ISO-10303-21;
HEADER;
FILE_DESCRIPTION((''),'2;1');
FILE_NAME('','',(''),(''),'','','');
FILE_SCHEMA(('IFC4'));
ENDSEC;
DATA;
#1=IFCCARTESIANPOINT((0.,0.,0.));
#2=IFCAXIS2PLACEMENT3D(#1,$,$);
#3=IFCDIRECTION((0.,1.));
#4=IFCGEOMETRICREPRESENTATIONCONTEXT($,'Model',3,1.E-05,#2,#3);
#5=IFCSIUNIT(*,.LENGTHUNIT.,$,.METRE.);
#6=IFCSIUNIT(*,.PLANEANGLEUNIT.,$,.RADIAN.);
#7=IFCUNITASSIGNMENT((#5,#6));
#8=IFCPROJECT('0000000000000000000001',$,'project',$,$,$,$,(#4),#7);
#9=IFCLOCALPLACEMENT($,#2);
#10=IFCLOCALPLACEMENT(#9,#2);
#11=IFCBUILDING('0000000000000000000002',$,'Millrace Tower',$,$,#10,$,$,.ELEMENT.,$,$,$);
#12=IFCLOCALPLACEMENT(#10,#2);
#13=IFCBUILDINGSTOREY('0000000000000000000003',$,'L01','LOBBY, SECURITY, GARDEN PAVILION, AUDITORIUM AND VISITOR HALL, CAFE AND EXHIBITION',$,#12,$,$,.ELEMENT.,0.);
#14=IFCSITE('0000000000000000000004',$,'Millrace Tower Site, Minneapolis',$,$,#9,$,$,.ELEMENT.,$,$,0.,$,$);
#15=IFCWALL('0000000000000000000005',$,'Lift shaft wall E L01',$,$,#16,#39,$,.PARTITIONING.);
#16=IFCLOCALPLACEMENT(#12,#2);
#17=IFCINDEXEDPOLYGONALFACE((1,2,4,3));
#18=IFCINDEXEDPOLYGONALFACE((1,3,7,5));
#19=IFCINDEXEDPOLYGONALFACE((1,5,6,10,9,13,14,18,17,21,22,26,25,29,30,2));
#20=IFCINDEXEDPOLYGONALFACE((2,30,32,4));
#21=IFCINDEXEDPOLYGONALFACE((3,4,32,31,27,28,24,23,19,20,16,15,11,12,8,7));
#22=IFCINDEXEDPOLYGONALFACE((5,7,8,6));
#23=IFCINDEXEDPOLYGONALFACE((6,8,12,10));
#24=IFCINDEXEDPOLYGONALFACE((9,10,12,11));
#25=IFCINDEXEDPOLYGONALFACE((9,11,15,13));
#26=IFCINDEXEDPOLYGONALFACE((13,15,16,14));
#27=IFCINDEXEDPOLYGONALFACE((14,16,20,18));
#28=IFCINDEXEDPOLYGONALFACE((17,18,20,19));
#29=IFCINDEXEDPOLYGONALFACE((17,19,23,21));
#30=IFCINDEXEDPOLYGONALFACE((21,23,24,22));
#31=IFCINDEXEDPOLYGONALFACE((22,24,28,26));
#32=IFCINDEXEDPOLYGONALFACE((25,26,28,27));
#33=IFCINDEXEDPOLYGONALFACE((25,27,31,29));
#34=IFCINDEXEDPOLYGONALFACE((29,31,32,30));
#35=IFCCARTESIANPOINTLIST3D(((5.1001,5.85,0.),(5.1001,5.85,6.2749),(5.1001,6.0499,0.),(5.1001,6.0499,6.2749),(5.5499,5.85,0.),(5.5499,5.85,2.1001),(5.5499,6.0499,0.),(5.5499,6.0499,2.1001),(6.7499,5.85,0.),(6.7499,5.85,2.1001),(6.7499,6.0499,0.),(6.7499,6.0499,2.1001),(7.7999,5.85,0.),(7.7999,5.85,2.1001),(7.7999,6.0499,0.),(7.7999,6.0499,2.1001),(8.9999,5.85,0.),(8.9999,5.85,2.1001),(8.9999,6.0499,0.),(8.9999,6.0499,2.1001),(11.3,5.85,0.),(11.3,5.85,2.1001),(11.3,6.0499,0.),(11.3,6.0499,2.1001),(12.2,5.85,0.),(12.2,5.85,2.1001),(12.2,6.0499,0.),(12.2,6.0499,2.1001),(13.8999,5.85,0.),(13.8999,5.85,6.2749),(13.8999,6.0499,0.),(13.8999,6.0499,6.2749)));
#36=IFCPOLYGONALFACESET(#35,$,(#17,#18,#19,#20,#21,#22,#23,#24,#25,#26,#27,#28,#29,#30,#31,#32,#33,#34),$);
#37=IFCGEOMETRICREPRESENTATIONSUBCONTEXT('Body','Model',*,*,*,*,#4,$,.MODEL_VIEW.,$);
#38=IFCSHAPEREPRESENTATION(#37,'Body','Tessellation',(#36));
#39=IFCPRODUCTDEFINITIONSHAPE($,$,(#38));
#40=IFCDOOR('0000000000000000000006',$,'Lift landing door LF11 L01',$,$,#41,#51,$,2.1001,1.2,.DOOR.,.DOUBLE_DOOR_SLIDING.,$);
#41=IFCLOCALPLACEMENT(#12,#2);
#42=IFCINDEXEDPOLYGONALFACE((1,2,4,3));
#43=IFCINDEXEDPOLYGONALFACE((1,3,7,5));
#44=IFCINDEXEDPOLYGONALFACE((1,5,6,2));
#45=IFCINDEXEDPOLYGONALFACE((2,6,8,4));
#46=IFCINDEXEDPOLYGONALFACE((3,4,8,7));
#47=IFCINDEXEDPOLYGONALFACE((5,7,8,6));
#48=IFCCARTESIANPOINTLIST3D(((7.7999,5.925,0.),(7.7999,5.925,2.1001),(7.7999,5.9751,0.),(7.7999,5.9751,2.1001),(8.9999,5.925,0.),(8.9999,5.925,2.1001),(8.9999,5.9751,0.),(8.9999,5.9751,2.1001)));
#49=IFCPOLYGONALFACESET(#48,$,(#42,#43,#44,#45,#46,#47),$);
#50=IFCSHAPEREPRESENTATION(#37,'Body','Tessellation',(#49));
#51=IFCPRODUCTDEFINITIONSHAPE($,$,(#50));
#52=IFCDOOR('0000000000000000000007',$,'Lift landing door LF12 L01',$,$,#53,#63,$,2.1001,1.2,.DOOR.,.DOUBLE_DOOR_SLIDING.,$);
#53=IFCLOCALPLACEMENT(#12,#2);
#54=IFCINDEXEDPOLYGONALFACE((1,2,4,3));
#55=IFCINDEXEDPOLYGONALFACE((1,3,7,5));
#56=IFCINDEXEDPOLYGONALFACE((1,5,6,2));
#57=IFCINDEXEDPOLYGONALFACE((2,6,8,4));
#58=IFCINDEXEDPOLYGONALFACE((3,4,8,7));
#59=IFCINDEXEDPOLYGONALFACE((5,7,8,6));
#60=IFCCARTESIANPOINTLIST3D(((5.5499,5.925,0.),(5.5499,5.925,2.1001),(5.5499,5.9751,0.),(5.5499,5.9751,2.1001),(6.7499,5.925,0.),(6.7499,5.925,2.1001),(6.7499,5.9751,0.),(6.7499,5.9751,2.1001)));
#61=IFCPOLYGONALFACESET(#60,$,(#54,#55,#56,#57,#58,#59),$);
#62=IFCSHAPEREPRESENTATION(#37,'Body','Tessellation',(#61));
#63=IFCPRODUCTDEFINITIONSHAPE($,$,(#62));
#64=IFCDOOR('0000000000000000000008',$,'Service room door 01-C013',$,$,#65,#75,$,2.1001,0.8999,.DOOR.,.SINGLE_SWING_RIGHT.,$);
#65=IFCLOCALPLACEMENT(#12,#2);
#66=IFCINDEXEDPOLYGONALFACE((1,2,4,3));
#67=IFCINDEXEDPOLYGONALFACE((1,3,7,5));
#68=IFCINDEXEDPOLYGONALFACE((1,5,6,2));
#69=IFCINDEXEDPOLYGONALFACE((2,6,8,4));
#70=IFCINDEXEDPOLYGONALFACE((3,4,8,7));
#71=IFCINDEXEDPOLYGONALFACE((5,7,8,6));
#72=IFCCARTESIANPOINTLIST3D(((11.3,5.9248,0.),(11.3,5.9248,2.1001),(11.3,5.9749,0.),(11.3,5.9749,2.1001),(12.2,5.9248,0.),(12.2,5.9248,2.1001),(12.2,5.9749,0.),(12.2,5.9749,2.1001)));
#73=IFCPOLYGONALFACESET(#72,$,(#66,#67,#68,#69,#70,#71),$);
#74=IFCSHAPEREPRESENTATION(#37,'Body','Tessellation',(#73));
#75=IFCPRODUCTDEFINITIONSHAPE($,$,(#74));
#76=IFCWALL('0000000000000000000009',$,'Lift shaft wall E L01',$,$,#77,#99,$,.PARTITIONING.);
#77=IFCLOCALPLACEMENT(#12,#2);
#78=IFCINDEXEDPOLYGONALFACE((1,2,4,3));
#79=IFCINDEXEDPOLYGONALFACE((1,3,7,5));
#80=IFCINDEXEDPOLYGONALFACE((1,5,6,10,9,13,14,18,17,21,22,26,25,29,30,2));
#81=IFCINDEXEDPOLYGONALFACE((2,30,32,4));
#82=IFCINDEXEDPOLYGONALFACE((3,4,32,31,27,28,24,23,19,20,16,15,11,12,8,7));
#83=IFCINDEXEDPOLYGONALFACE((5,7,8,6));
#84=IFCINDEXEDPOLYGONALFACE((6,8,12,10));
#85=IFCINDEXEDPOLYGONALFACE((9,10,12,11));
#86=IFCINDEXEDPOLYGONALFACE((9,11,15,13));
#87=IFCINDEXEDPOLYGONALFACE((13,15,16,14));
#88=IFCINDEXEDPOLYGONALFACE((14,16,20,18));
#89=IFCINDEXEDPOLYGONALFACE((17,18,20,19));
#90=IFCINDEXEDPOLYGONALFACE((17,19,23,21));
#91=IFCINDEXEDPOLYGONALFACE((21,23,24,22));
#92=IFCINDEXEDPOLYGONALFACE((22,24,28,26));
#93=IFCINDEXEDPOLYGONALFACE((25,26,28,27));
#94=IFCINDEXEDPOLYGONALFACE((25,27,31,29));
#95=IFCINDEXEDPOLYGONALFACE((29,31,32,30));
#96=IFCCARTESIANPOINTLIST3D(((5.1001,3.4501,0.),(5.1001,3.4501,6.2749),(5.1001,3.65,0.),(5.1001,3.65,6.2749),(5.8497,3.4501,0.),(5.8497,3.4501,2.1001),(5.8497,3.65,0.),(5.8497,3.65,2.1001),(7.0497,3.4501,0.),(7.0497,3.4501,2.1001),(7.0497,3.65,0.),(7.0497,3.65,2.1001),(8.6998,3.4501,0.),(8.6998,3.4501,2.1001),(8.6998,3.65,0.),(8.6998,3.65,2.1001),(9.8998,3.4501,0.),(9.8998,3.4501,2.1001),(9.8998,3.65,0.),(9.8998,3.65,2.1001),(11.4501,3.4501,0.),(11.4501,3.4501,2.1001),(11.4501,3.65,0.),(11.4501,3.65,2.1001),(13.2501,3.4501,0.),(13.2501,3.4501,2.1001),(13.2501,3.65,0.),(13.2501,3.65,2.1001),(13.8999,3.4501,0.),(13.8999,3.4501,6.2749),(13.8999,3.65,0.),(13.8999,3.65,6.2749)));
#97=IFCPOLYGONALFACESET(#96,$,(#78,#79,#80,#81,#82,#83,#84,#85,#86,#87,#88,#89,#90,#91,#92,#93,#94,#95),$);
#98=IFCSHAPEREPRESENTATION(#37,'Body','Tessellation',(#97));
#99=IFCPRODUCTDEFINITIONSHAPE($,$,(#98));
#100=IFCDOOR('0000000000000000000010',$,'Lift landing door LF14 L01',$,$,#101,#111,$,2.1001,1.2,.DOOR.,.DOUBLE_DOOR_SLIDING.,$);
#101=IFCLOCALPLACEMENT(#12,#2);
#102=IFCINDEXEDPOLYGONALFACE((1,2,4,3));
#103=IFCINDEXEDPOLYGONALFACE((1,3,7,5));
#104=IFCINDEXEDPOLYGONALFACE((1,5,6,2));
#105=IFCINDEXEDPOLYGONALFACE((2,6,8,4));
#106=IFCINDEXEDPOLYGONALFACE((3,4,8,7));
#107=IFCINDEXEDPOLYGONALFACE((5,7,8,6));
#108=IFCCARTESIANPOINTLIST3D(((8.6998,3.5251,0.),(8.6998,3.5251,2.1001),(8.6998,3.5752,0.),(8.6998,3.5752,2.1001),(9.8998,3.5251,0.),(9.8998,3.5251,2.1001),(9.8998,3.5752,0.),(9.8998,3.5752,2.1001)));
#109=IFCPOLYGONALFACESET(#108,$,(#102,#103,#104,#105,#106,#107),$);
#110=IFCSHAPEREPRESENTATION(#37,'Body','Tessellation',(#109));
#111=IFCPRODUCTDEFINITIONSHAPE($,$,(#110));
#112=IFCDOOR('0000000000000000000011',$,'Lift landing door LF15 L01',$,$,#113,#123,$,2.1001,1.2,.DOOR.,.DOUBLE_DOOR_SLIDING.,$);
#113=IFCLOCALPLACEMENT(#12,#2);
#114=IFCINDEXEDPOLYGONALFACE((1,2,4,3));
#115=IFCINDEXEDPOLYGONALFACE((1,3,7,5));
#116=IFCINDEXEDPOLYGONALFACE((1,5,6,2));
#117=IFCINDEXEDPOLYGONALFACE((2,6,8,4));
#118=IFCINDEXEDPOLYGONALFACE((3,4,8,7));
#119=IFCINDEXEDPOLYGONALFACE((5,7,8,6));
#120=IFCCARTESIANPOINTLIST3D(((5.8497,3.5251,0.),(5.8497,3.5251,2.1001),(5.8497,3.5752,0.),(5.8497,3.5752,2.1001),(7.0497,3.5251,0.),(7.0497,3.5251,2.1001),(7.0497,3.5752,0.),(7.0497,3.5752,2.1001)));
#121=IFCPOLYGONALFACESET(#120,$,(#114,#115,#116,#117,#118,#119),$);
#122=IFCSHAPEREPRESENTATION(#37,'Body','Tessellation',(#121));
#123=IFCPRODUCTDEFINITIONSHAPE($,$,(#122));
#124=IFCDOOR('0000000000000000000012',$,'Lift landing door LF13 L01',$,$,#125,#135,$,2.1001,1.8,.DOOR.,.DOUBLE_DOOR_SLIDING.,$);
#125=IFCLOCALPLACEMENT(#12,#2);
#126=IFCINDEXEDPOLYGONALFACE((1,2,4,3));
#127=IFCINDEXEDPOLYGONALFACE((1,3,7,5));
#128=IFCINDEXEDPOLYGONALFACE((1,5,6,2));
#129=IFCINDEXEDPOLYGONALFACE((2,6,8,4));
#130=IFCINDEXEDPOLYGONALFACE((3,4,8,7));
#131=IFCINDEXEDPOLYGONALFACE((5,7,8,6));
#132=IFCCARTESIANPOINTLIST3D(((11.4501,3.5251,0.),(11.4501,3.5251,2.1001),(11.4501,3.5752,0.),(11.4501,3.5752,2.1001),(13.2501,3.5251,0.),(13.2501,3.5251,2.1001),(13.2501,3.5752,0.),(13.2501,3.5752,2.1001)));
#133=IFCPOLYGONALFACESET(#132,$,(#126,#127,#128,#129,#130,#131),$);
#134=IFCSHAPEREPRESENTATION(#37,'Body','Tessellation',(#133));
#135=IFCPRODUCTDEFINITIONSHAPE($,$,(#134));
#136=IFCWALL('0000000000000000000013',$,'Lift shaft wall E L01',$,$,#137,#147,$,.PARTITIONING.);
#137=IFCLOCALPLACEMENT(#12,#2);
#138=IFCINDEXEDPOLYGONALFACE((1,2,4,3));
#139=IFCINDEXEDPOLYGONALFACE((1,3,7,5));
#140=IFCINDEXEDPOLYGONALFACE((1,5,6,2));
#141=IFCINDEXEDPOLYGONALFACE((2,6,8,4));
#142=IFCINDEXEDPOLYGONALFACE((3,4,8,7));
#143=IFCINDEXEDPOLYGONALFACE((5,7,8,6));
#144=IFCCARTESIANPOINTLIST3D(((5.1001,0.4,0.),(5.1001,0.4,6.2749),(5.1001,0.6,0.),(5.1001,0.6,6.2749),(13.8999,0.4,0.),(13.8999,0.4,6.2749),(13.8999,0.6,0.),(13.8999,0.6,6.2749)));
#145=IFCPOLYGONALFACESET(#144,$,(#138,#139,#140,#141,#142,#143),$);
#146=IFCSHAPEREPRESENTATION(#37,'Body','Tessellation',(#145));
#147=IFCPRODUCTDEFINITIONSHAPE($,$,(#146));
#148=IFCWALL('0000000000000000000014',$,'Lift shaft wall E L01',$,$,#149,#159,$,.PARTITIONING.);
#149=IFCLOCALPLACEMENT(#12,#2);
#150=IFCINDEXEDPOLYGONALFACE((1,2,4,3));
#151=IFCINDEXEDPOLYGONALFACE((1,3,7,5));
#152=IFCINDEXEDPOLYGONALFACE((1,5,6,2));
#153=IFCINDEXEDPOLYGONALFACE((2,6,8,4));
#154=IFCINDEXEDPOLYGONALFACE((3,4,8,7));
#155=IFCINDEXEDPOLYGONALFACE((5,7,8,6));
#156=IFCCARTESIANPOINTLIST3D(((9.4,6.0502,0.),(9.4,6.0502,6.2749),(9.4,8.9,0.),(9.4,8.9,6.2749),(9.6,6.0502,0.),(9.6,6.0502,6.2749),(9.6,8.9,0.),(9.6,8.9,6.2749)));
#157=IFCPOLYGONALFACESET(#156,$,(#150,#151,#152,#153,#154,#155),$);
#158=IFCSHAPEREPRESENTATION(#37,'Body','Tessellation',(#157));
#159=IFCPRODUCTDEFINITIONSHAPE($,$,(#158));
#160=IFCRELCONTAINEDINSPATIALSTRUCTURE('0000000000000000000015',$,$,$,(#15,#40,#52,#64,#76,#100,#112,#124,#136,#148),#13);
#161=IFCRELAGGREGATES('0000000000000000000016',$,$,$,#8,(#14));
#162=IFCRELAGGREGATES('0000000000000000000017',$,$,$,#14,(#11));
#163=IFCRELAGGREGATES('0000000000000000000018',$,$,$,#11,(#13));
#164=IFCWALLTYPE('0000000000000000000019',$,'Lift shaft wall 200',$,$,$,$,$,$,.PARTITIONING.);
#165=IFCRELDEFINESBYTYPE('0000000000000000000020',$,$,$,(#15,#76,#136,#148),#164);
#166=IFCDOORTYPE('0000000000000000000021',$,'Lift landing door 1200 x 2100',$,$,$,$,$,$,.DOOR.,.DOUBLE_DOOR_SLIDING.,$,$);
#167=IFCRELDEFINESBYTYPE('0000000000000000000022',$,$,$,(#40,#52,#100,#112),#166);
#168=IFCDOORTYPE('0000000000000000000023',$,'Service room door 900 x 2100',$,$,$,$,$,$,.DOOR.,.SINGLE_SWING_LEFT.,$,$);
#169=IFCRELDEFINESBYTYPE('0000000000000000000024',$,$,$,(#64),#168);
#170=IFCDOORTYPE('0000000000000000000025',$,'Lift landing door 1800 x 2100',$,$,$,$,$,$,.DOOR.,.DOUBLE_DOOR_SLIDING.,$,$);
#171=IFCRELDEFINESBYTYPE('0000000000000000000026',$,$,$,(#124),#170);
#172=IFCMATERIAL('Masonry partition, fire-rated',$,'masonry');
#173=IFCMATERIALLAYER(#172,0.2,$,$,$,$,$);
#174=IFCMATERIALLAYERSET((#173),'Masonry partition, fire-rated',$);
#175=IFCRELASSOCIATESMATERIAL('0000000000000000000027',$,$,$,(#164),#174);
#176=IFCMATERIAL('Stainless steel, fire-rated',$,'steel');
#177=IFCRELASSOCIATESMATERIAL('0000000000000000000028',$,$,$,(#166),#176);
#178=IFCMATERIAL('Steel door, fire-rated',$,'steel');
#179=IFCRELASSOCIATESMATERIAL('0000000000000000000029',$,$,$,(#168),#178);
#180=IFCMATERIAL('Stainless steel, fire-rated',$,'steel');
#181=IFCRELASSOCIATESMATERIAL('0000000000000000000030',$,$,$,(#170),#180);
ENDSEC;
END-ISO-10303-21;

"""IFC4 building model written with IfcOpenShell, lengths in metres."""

from ifc_helpers import new_model, si_unit, direction, frame, frame_2d, origin, place, context, subcontext, project, spatial, rectangle, extrude, material, layer, layer_set, type_object, element, fill, save


model = new_model("IFC4")

# Units and contexts
model_context = context("Model", 3, precision=1e-05, world=origin(), true_north=direction((0.0, 1.0)))
body_context = subcontext(model_context, "Body", "Model", "MODEL_VIEW")
ifc_project = project(units=[si_unit("LENGTHUNIT", "METRE"), si_unit("PLANEANGLEUNIT", "RADIAN")], contexts=[model_context])

# Site, building, storey
site_placement = place(None, origin())
site = spatial("IfcSite", under=ifc_project, at=site_placement, Name="Millrace Tower Site, Minneapolis", CompositionType="ELEMENT", RefElevation=0.0)
building_placement = place(site_placement, origin())
building = spatial("IfcBuilding", under=site, at=building_placement, Name="Millrace Tower", CompositionType="ELEMENT")
storey_placement = place(building_placement, origin())
storey = spatial("IfcBuildingStorey", under=building, at=storey_placement, Name="L01", Description="LOBBY, SECURITY, GARDEN PAVILION, AUDITORIUM AND VISITOR HALL, CAFE AND EXHIBITION", CompositionType="ELEMENT", Elevation=0.0)

# Walls, openings, doors
ifc_material_1 = material(Name="Masonry partition, fire-rated", Category="masonry")
ifc_layer_1 = layer(ifc_material_1, 0.2)
ifc_layer_set_1 = layer_set([ifc_layer_1], Name="Masonry partition, fire-rated")
wall_type_1 = type_object("IfcWallType", Name="Lift shaft wall 200", PredefinedType="PARTITIONING", material=ifc_layer_set_1)
wall_1_placement = place(storey_placement, frame((13.8999, 5.95, 0.0), z_axis=(0.0, 0.0, 1.0), x_axis=(-1.0, 0.0, 0.0)))
wall_1 = element("IfcWall", 1, at=wall_1_placement, inside=storey, type_object=wall_type_1, Name="Lift shaft wall E L01", PredefinedType="PARTITIONING", context=body_context, shape_type="SweptSolid", body=[
    extrude(rectangle(XDim=8.7998, YDim=0.2, at=frame_2d((4.3999, 0.0))), origin(), (0.0, 0.0, 1.0), 6.2749),
])
opening_1_placement = place(wall_1_placement, frame((4.8999, 0.0, 0.0)))
opening_1 = element("IfcOpeningElement", 2, at=opening_1_placement, cuts=wall_1, PredefinedType="OPENING", context=body_context, shape_type="SweptSolid", body=[
    extrude(rectangle(XDim=1.2, YDim=2.1001, at=frame_2d((0.6001, 1.05))), frame((0.0, 0.1099, 0.0), z_axis=(0.0, -1.0, 0.0), x_axis=(1.0, 0.0, 0.0)), (0.0, 0.0, 1.0), 0.22),
])
opening_2_placement = place(wall_1_placement, frame((7.1499, 0.0, 0.0)))
opening_2 = element("IfcOpeningElement", 3, at=opening_2_placement, cuts=wall_1, PredefinedType="OPENING", context=body_context, shape_type="SweptSolid", body=[
    extrude(rectangle(XDim=1.2, YDim=2.1001, at=frame_2d((0.6001, 1.05))), frame((0.0, 0.1099, 0.0), z_axis=(0.0, -1.0, 0.0), x_axis=(1.0, 0.0, 0.0)), (0.0, 0.0, 1.0), 0.22),
])
opening_3_placement = place(wall_1_placement, frame((1.7, 0.0, 0.0)))
opening_3 = element("IfcOpeningElement", 4, at=opening_3_placement, cuts=wall_1, PredefinedType="OPENING", context=body_context, shape_type="SweptSolid", body=[
    extrude(rectangle(XDim=0.8999, YDim=2.1001, at=frame_2d((0.45, 1.05))), frame((0.0, 0.1099, 0.0), z_axis=(0.0, -1.0, 0.0), x_axis=(1.0, 0.0, 0.0)), (0.0, 0.0, 1.0), 0.22),
])
ifc_material_2 = material(Name="Stainless steel, fire-rated", Category="steel")
door_type_1 = type_object("IfcDoorType", Name="Lift landing door 1200 x 2100", OperationType="DOUBLE_DOOR_SLIDING", PredefinedType="DOOR", material=ifc_material_2)
door_1_placement = place(opening_1_placement, origin())
door_1 = element("IfcDoor", 5, at=door_1_placement, inside=storey, type_object=door_type_1, Name="Lift landing door LF11 L01", OperationType="DOUBLE_DOOR_SLIDING", OverallHeight=2.1001, OverallWidth=1.2, PredefinedType="DOOR", context=body_context, shape_type="SweptSolid", body=[
    extrude(rectangle(XDim=1.2, YDim=2.1001, at=frame_2d((0.6001, 1.05))), frame((0.0, 0.0249, 0.0), z_axis=(0.0, -1.0, 0.0), x_axis=(1.0, 0.0, 0.0)), (0.0, 0.0, 1.0), 0.05),
])
fill(opening_1, door_1)
door_2_placement = place(opening_2_placement, origin())
door_2 = element("IfcDoor", 6, at=door_2_placement, inside=storey, type_object=door_type_1, Name="Lift landing door LF12 L01", OperationType="DOUBLE_DOOR_SLIDING", OverallHeight=2.1001, OverallWidth=1.2, PredefinedType="DOOR", context=body_context, shape_type="SweptSolid", body=[
    extrude(rectangle(XDim=1.2, YDim=2.1001, at=frame_2d((0.6001, 1.05))), frame((0.0, 0.0249, 0.0), z_axis=(0.0, -1.0, 0.0), x_axis=(1.0, 0.0, 0.0)), (0.0, 0.0, 1.0), 0.05),
])
fill(opening_2, door_2)
ifc_material_3 = material(Name="Steel door, fire-rated", Category="steel")
door_type_2 = type_object("IfcDoorType", Name="Service room door 900 x 2100", OperationType="SINGLE_SWING_LEFT", PredefinedType="DOOR", material=ifc_material_3)
door_3_placement = place(opening_3_placement, frame((0.8999, 0.0, 0.0), z_axis=(0.0, 0.0, 1.0), x_axis=(-1.0, 0.0, 0.0)))
door_3 = element("IfcDoor", 7, at=door_3_placement, inside=storey, type_object=door_type_2, Name="Service room door 01-C013", OperationType="SINGLE_SWING_RIGHT", OverallHeight=2.1001, OverallWidth=0.8999, PredefinedType="DOOR", context=body_context, shape_type="SweptSolid", body=[
    extrude(rectangle(XDim=0.8999, YDim=2.1001, at=frame_2d((0.45, 1.05))), frame((0.0, 0.0249, 0.0), z_axis=(0.0, -1.0, 0.0), x_axis=(1.0, 0.0, 0.0)), (0.0, 0.0, 1.0), 0.05),
])
fill(opening_3, door_3)
wall_2_placement = place(storey_placement, frame((13.8999, 3.55, 0.0), z_axis=(0.0, 0.0, 1.0), x_axis=(-1.0, 0.0, 0.0)))
wall_2 = element("IfcWall", 8, at=wall_2_placement, inside=storey, type_object=wall_type_1, Name="Lift shaft wall E L01", PredefinedType="PARTITIONING", context=body_context, shape_type="SweptSolid", body=[
    extrude(rectangle(XDim=8.7998, YDim=0.2, at=frame_2d((4.3999, 0.0))), origin(), (0.0, 0.0, 1.0), 6.2749),
])
opening_4_placement = place(wall_2_placement, frame((0.6499, 0.0, 0.0)))
opening_4 = element("IfcOpeningElement", 9, at=opening_4_placement, cuts=wall_2, PredefinedType="OPENING", context=body_context, shape_type="SweptSolid", body=[
    extrude(rectangle(XDim=1.8, YDim=2.1001, at=frame_2d((0.8999, 1.05))), frame((0.0, 0.1099, 0.0), z_axis=(0.0, -1.0, 0.0), x_axis=(1.0, 0.0, 0.0)), (0.0, 0.0, 1.0), 0.22),
])
opening_5_placement = place(wall_2_placement, frame((4.0, 0.0, 0.0)))
opening_5 = element("IfcOpeningElement", 10, at=opening_5_placement, cuts=wall_2, PredefinedType="OPENING", context=body_context, shape_type="SweptSolid", body=[
    extrude(rectangle(XDim=1.2, YDim=2.1001, at=frame_2d((0.6001, 1.05))), frame((0.0, 0.1099, 0.0), z_axis=(0.0, -1.0, 0.0), x_axis=(1.0, 0.0, 0.0)), (0.0, 0.0, 1.0), 0.22),
])
opening_6_placement = place(wall_2_placement, frame((6.8501, 0.0, 0.0)))
opening_6 = element("IfcOpeningElement", 11, at=opening_6_placement, cuts=wall_2, PredefinedType="OPENING", context=body_context, shape_type="SweptSolid", body=[
    extrude(rectangle(XDim=1.2, YDim=2.1001, at=frame_2d((0.6001, 1.05))), frame((0.0, 0.1099, 0.0), z_axis=(0.0, -1.0, 0.0), x_axis=(1.0, 0.0, 0.0)), (0.0, 0.0, 1.0), 0.22),
])
door_4_placement = place(opening_5_placement, origin())
door_4 = element("IfcDoor", 12, at=door_4_placement, inside=storey, type_object=door_type_1, Name="Lift landing door LF14 L01", OperationType="DOUBLE_DOOR_SLIDING", OverallHeight=2.1001, OverallWidth=1.2, PredefinedType="DOOR", context=body_context, shape_type="SweptSolid", body=[
    extrude(rectangle(XDim=1.2, YDim=2.1001, at=frame_2d((0.6001, 1.05))), frame((0.0, 0.0249, 0.0), z_axis=(0.0, -1.0, 0.0), x_axis=(1.0, 0.0, 0.0)), (0.0, 0.0, 1.0), 0.05),
])
fill(opening_5, door_4)
door_5_placement = place(opening_6_placement, origin())
door_5 = element("IfcDoor", 13, at=door_5_placement, inside=storey, type_object=door_type_1, Name="Lift landing door LF15 L01", OperationType="DOUBLE_DOOR_SLIDING", OverallHeight=2.1001, OverallWidth=1.2, PredefinedType="DOOR", context=body_context, shape_type="SweptSolid", body=[
    extrude(rectangle(XDim=1.2, YDim=2.1001, at=frame_2d((0.6001, 1.05))), frame((0.0, 0.0249, 0.0), z_axis=(0.0, -1.0, 0.0), x_axis=(1.0, 0.0, 0.0)), (0.0, 0.0, 1.0), 0.05),
])
fill(opening_6, door_5)
ifc_material_4 = material(Name="Stainless steel, fire-rated", Category="steel")
door_type_3 = type_object("IfcDoorType", Name="Lift landing door 1800 x 2100", OperationType="DOUBLE_DOOR_SLIDING", PredefinedType="DOOR", material=ifc_material_4)
door_6_placement = place(opening_4_placement, origin())
door_6 = element("IfcDoor", 14, at=door_6_placement, inside=storey, type_object=door_type_3, Name="Lift landing door LF13 L01", OperationType="DOUBLE_DOOR_SLIDING", OverallHeight=2.1001, OverallWidth=1.8, PredefinedType="DOOR", context=body_context, shape_type="SweptSolid", body=[
    extrude(rectangle(XDim=1.8, YDim=2.1001, at=frame_2d((0.8999, 1.05))), frame((0.0, 0.0249, 0.0), z_axis=(0.0, -1.0, 0.0), x_axis=(1.0, 0.0, 0.0)), (0.0, 0.0, 1.0), 0.05),
])
fill(opening_4, door_6)

# Walls
wall_3_placement = place(storey_placement, frame((13.8999, 0.5, 0.0), z_axis=(0.0, 0.0, 1.0), x_axis=(-1.0, 0.0, 0.0)))
element("IfcWall", 15, at=wall_3_placement, inside=storey, type_object=wall_type_1, Name="Lift shaft wall E L01", PredefinedType="PARTITIONING", context=body_context, shape_type="SweptSolid", body=[
    extrude(rectangle(XDim=8.7998, YDim=0.2, at=frame_2d((4.3999, 0.0))), origin(), (0.0, 0.0, 1.0), 6.2749),
])
for number, where, z_axis, x_axis, name in (
    (16, (9.5, 8.8999, 0.0), (0.0, 0.0, 1.0), (0.0, -1.0, 0.0), "Lift shaft wall E L01"),
):
    element("IfcWall", number, at=place(storey_placement, frame(where, z_axis=z_axis, x_axis=x_axis)), inside=storey, type_object=wall_type_1, Name=name, PredefinedType="PARTITIONING", context=body_context, shape_type="SweptSolid", body=[
        extrude(rectangle(XDim=2.8499, YDim=0.2, at=frame_2d((1.4248, 0.0))), origin(), (0.0, 0.0, 1.0), 6.2749),
    ])

save(model, "model.ifc")
